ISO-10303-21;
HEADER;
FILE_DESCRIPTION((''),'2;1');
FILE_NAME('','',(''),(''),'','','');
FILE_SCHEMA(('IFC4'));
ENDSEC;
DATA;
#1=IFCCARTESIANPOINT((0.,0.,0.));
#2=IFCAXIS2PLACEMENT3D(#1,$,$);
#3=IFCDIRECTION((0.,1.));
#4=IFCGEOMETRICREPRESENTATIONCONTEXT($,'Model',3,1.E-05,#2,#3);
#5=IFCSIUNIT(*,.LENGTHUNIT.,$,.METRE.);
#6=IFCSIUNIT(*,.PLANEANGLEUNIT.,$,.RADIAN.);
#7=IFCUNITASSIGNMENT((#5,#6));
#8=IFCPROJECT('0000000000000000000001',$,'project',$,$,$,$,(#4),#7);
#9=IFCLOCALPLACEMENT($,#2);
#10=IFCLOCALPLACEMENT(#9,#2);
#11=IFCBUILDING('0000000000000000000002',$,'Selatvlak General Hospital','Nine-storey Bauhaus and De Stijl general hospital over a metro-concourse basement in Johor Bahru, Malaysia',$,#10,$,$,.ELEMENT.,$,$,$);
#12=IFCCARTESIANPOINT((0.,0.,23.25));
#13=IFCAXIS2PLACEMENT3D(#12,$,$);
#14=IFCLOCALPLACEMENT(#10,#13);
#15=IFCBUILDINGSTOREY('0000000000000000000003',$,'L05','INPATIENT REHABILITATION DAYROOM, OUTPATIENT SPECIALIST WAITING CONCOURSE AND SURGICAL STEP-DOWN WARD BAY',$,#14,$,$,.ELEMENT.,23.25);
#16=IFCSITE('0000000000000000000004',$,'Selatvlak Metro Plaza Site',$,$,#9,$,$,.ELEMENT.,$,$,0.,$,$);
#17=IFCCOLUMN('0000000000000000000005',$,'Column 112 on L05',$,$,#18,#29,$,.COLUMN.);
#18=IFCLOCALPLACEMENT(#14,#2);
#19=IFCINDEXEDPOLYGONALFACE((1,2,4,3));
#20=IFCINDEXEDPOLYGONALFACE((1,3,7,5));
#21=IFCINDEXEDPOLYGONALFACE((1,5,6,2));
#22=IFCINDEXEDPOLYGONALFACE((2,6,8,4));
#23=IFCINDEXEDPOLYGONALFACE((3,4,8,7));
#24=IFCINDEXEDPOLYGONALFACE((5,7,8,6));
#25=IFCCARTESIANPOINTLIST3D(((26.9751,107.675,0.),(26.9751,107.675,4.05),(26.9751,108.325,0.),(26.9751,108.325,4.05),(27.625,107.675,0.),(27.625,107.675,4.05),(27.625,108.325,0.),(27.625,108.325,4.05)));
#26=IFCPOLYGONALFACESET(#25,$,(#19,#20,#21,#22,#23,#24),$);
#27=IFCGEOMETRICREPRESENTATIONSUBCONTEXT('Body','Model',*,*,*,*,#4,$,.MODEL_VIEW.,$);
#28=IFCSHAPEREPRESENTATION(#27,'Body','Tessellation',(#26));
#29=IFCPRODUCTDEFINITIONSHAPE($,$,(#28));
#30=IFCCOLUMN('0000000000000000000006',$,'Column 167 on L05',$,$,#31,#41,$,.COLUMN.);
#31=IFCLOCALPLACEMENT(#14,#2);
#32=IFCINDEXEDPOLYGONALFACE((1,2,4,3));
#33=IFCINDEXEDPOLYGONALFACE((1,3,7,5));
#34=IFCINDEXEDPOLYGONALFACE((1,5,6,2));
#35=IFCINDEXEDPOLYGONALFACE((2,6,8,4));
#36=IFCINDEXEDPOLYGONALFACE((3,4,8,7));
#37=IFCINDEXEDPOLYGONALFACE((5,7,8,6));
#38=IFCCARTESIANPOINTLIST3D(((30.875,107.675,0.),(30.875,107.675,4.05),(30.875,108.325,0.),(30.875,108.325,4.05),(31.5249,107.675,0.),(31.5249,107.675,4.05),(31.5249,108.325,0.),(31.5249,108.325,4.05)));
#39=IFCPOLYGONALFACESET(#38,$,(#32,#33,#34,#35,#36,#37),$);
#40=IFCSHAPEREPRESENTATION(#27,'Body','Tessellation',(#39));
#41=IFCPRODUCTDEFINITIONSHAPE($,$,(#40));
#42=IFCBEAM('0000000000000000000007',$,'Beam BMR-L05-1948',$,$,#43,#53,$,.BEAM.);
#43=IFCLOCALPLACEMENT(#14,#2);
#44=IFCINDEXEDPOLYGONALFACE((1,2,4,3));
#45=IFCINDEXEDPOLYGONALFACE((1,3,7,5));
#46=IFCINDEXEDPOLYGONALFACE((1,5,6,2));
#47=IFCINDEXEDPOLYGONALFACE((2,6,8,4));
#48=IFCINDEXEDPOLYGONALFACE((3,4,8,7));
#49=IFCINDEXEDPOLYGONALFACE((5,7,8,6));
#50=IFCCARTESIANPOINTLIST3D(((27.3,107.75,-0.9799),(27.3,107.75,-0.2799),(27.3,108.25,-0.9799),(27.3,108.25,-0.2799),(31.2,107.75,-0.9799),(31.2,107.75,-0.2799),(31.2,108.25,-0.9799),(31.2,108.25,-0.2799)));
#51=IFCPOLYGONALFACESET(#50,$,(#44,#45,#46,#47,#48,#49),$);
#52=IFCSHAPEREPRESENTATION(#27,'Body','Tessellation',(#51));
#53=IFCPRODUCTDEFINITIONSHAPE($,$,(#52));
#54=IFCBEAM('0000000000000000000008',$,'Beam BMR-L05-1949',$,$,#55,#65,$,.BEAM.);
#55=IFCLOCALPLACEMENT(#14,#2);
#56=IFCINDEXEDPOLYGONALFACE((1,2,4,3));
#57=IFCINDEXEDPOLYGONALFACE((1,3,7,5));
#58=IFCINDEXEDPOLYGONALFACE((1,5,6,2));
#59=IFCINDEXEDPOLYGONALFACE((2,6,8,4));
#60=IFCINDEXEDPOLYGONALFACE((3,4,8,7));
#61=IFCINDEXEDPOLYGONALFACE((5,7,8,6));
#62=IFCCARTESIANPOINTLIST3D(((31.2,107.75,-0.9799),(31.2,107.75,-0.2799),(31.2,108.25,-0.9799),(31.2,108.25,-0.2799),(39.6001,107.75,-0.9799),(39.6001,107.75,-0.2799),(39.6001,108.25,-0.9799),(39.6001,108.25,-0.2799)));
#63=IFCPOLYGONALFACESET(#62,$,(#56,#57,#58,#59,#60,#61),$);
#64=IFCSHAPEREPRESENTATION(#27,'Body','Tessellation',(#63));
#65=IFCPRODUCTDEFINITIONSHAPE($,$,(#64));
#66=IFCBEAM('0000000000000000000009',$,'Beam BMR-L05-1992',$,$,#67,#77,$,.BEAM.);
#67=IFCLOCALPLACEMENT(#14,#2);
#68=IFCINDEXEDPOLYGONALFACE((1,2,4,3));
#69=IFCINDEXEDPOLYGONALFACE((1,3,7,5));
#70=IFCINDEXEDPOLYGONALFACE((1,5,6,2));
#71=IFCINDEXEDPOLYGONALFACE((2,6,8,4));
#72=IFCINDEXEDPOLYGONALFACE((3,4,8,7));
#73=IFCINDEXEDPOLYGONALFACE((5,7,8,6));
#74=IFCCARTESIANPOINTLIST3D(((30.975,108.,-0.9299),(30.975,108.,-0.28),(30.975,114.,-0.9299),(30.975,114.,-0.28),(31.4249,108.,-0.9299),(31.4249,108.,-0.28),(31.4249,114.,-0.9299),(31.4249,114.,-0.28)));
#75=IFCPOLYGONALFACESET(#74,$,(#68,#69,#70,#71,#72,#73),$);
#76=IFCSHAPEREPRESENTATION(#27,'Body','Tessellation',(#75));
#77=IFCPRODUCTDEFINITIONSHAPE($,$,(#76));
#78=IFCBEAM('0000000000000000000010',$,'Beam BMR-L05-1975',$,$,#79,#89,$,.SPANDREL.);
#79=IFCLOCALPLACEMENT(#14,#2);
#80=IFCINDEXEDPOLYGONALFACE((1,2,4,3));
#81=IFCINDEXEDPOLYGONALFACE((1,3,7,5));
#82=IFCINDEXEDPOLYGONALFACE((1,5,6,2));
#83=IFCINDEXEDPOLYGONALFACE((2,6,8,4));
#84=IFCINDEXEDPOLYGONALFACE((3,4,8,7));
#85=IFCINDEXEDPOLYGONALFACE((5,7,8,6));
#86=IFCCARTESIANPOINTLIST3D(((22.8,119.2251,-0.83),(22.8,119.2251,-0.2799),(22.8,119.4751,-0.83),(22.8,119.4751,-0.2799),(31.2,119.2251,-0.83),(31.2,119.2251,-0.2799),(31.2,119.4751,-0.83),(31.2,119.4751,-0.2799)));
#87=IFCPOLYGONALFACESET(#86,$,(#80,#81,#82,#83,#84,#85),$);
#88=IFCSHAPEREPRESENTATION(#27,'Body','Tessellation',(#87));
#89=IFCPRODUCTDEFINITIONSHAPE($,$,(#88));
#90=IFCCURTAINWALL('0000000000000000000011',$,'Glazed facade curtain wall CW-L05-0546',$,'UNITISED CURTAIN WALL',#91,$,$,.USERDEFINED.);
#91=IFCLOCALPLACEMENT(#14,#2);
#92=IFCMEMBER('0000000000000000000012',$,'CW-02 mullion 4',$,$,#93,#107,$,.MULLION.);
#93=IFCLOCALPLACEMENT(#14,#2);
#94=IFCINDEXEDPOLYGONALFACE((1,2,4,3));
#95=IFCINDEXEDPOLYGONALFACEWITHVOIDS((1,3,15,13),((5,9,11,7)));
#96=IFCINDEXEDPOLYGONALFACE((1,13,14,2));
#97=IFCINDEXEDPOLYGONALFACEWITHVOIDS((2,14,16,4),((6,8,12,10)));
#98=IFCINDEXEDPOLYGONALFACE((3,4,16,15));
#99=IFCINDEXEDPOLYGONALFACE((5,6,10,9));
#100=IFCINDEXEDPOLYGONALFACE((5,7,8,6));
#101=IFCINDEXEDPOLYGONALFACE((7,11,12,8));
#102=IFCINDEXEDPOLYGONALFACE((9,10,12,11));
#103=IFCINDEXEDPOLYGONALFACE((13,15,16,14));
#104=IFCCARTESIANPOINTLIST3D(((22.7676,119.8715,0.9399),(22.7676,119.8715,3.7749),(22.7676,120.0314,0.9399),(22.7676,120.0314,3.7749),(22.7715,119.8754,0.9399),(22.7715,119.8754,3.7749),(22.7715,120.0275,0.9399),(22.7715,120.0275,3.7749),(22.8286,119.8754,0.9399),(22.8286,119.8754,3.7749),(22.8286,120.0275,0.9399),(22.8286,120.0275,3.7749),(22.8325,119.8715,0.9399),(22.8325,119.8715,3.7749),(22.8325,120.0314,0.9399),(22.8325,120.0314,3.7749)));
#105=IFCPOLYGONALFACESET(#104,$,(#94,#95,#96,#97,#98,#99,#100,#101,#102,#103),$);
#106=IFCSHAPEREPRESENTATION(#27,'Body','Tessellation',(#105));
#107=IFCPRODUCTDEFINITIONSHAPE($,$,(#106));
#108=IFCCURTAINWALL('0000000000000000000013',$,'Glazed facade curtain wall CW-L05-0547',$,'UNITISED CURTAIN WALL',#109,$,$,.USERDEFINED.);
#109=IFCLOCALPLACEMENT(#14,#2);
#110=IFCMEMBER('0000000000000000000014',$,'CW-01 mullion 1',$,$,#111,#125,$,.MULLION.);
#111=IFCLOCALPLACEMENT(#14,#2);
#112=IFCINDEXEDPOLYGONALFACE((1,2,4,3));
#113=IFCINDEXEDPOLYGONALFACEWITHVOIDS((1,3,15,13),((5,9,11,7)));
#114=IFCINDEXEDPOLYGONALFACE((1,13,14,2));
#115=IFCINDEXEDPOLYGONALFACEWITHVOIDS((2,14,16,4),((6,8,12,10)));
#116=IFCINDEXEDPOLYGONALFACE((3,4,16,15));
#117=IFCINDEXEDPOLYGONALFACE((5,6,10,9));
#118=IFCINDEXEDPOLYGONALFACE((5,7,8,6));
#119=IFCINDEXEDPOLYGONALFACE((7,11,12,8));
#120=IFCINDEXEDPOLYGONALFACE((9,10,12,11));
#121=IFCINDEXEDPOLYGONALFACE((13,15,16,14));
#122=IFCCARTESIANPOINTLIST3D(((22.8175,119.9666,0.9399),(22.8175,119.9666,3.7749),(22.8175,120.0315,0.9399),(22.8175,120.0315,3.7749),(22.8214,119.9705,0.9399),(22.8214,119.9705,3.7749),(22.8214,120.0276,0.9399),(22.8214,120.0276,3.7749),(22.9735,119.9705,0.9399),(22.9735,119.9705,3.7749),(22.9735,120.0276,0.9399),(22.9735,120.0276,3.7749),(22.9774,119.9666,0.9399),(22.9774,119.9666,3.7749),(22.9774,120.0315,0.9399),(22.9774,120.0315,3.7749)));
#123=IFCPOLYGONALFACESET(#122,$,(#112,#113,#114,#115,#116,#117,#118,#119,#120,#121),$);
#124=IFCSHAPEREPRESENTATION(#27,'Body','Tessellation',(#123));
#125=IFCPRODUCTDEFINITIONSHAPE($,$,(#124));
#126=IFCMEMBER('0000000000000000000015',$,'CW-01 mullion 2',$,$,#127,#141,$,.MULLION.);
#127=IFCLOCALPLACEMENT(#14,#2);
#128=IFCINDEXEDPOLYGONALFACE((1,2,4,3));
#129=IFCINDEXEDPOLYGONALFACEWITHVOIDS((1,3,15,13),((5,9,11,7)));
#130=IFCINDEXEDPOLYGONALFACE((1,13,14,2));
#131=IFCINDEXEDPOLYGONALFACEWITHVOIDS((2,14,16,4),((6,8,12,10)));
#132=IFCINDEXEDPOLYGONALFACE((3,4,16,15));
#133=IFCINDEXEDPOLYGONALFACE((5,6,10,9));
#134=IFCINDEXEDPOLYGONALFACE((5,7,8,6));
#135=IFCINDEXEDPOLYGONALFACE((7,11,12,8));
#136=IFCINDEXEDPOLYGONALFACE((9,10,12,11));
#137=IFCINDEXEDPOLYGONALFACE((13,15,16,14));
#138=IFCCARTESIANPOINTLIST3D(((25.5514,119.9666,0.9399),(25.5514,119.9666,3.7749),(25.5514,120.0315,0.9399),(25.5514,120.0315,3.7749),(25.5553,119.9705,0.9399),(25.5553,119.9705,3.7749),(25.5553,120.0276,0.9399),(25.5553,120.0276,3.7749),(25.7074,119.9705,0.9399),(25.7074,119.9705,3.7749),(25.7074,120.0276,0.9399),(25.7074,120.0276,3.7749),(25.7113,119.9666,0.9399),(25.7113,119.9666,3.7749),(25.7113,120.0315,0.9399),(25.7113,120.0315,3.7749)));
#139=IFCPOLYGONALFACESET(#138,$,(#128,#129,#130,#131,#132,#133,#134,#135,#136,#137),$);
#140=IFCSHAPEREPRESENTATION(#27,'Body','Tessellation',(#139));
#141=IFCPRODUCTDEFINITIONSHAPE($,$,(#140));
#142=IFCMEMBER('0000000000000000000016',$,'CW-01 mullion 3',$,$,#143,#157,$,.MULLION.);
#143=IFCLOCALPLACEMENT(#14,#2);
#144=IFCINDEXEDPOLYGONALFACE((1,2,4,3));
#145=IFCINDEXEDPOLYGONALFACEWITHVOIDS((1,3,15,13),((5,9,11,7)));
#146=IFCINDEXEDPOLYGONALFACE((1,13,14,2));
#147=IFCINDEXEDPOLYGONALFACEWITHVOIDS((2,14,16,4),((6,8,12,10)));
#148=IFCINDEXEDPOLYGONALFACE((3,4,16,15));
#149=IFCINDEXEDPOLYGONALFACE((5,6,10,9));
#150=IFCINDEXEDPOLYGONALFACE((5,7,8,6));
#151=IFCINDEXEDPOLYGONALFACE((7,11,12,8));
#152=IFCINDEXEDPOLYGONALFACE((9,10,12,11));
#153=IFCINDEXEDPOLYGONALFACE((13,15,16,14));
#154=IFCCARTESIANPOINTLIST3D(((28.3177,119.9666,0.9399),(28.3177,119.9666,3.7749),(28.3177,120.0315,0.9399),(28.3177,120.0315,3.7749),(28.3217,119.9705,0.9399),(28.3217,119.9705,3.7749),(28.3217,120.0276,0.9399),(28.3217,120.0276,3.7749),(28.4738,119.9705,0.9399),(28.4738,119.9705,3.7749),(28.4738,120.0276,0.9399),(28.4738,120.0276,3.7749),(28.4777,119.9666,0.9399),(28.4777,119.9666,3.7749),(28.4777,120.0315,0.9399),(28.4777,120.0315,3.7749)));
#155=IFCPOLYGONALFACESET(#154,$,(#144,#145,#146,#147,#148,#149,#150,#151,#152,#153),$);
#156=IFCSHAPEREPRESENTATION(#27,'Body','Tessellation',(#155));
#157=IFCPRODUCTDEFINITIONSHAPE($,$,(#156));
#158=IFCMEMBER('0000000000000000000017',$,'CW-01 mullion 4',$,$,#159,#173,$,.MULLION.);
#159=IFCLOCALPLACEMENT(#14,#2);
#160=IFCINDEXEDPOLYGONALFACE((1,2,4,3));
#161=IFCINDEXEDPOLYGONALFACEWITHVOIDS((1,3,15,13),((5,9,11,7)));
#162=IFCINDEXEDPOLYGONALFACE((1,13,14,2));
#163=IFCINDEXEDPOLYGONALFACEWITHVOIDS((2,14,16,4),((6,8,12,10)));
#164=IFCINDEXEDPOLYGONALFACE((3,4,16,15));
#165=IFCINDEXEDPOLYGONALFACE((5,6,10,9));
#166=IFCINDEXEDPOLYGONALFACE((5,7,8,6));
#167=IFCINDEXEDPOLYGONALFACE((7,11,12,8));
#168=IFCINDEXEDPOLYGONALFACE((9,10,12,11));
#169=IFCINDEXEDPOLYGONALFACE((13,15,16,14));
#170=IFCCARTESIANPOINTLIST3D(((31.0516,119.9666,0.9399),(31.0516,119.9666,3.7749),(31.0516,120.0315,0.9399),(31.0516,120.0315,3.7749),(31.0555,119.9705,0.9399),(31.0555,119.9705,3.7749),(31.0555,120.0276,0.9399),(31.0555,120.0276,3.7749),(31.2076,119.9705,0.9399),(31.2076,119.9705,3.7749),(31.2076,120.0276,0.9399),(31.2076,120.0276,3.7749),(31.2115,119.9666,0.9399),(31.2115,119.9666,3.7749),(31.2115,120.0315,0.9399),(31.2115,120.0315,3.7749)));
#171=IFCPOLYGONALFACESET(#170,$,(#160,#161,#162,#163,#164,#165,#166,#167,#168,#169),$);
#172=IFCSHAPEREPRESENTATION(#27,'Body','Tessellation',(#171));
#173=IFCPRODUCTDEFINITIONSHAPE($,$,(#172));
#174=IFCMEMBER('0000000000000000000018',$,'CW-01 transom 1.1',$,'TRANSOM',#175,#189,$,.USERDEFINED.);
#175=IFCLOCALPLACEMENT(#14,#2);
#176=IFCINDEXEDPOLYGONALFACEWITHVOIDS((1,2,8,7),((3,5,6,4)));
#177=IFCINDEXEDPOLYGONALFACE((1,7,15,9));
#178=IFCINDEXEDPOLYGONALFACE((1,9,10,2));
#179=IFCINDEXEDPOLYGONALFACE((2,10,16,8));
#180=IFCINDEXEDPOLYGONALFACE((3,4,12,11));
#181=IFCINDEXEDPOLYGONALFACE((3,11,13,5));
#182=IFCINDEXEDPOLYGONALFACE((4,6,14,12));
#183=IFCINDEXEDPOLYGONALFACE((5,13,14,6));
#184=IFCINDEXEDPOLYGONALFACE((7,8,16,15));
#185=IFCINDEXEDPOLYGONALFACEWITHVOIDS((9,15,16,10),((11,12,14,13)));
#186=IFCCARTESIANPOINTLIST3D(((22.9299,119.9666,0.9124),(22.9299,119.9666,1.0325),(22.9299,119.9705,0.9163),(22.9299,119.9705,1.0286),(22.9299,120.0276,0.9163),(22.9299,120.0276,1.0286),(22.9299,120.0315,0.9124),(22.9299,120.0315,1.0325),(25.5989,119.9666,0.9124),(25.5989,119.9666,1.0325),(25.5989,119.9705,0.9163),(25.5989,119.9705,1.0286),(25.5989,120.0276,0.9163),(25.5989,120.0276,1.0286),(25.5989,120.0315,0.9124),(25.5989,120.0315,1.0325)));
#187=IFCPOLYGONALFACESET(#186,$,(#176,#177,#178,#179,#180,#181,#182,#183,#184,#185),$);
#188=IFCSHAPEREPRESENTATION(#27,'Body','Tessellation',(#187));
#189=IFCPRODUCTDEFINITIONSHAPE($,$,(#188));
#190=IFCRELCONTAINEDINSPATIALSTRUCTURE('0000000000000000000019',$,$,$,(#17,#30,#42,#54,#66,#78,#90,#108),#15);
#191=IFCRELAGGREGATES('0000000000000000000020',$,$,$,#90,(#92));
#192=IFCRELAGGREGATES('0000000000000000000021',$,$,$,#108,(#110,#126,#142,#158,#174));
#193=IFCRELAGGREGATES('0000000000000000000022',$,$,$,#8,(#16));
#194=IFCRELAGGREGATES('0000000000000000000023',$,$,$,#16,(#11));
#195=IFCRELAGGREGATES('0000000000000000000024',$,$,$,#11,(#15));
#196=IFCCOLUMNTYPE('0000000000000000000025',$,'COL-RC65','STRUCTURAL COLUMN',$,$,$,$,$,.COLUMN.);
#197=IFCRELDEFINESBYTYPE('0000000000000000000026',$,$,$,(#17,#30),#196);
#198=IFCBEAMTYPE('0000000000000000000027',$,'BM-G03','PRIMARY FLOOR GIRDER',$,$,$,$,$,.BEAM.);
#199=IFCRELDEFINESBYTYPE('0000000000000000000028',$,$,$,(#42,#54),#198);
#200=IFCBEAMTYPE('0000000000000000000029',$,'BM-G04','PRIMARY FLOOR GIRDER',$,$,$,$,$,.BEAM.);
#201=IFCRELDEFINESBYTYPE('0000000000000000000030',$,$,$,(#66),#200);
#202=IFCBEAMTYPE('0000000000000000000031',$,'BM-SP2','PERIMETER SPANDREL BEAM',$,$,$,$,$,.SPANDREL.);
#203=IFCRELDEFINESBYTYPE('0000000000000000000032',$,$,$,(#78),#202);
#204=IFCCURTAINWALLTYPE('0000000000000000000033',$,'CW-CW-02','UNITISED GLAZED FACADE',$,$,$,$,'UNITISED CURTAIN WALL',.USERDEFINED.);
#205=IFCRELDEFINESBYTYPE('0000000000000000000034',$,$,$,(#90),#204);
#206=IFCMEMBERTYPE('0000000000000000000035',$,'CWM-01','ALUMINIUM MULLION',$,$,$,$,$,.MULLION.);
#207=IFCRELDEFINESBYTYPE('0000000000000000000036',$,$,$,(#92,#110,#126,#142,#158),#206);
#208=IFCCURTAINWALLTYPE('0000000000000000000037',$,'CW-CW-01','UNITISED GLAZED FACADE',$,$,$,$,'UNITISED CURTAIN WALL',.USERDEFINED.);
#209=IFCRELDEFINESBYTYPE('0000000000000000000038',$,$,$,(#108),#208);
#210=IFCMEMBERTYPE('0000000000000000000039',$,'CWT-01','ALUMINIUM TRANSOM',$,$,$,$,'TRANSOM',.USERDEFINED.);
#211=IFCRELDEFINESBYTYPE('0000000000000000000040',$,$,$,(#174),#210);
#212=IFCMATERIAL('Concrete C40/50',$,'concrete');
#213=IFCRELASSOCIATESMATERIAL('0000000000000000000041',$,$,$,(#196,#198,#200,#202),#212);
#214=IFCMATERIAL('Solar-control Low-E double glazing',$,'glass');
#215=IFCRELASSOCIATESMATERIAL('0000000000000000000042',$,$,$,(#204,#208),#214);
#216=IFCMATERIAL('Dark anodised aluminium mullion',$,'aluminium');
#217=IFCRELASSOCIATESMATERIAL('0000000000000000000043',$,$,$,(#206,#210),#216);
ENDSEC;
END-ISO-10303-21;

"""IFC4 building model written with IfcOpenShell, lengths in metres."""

from ifc_helpers import new_model, si_unit, direction, frame, origin, origin_2d, place, context, subcontext, project, spatial, rectangle, hollow_rectangle, extrude, material, material_profile, profile_set, type_object, element, aggregate, save


model = new_model("IFC4")

# Units and contexts
model_context = context("Model", 3, precision=1e-05, world=origin(), true_north=direction((0.0, 1.0)))
body_context = subcontext(model_context, "Body", "Model", "MODEL_VIEW")
ifc_project = project(units=[si_unit("LENGTHUNIT", "METRE"), si_unit("PLANEANGLEUNIT", "RADIAN")], contexts=[model_context])

# Site, building, storey
site_placement = place(None, origin())
site = spatial("IfcSite", under=ifc_project, at=site_placement, Name="Selatvlak Metro Plaza Site", CompositionType="ELEMENT", RefElevation=0.0)
building_placement = place(site_placement, origin())
building = spatial("IfcBuilding", under=site, at=building_placement, Name="Selatvlak General Hospital", Description="Nine-storey Bauhaus and De Stijl general hospital over a metro-concourse basement in Johor Bahru, Malaysia", CompositionType="ELEMENT")
storey_placement = place(building_placement, frame((0.0, 0.0, 23.25)))
storey = spatial("IfcBuildingStorey", under=building, at=storey_placement, Name="L05", Description="INPATIENT REHABILITATION DAYROOM, OUTPATIENT SPECIALIST WAITING CONCOURSE AND SURGICAL STEP-DOWN WARD BAY", CompositionType="ELEMENT", Elevation=23.25)

# Columns
ifc_material_1 = material(Name="Concrete C40/50", Category="concrete")
ifc_material_profile_1 = material_profile(ifc_material_1, rectangle(XDim=0.6499, YDim=0.6499, at=origin_2d()), Name="RC-COL 650x650")
ifc_profile_set_1 = profile_set([ifc_material_profile_1], Name="Concrete C40/50")
column_type = type_object("IfcColumnType", Name="COL-RC65", Description="STRUCTURAL COLUMN", PredefinedType="COLUMN", material=ifc_profile_set_1)
for number, where, z_axis, x_axis, name in (
    (1, (27.3, 108.0, 0.0), (0.0, 0.0, 1.0), (1.0, 0.0, 0.0), "Column 112 on L05"),
    (2, (31.2, 108.0, 0.0), (0.0, 0.0, 1.0), (1.0, 0.0, 0.0), "Column 167 on L05"),
):
    element("IfcColumn", number, at=place(storey_placement, frame(where, z_axis=z_axis, x_axis=x_axis)), inside=storey, type_object=column_type, Name=name, PredefinedType="COLUMN", context=body_context, shape_type="SweptSolid", body=[
        extrude(rectangle(XDim=0.6499, YDim=0.6499, at=origin_2d()), origin(), (0.0, 0.0, 1.0), 4.05),
    ])

# Beams
ifc_material_profile_2 = material_profile(ifc_material_1, rectangle(XDim=0.5, YDim=0.7, at=origin_2d()), Name="RC-BM 500x700")
ifc_profile_set_2 = profile_set([ifc_material_profile_2], Name="Concrete C40/50")
beam_type_1 = type_object("IfcBeamType", Name="BM-G03", Description="PRIMARY FLOOR GIRDER", PredefinedType="BEAM", material=ifc_profile_set_2)
beam_1_placement = place(storey_placement, frame((27.3, 108.0, -0.6299), z_axis=(1.0, 0.0, 0.0), x_axis=(0.0, 1.0, 0.0)))
element("IfcBeam", 3, at=beam_1_placement, inside=storey, type_object=beam_type_1, Name="Beam BMR-L05-1948", PredefinedType="BEAM", context=body_context, shape_type="SweptSolid", body=[
    extrude(rectangle(XDim=0.5, YDim=0.7, at=origin_2d()), origin(), (0.0, 0.0, 1.0), 3.8999),
])
beam_2_placement = place(storey_placement, frame((31.2, 108.0, -0.6299), z_axis=(1.0, 0.0, 0.0), x_axis=(0.0, 1.0, 0.0)))
element("IfcBeam", 4, at=beam_2_placement, inside=storey, type_object=beam_type_1, Name="Beam BMR-L05-1949", PredefinedType="BEAM", context=body_context, shape_type="SweptSolid", body=[
    extrude(rectangle(XDim=0.5, YDim=0.7, at=origin_2d()), origin(), (0.0, 0.0, 1.0), 8.4001),
])
ifc_material_profile_3 = material_profile(ifc_material_1, rectangle(XDim=0.45, YDim=0.6499, at=origin_2d()), Name="RC-BM 450x650")
ifc_profile_set_3 = profile_set([ifc_material_profile_3], Name="Concrete C40/50")
beam_type_2 = type_object("IfcBeamType", Name="BM-G04", Description="PRIMARY FLOOR GIRDER", PredefinedType="BEAM", material=ifc_profile_set_3)
beam_3_placement = place(storey_placement, frame((31.2, 108.0, -0.605), z_axis=(0.0, 1.0, 0.0), x_axis=(-1.0, 0.0, 0.0)))
element("IfcBeam", 5, at=beam_3_placement, inside=storey, type_object=beam_type_2, Name="Beam BMR-L05-1992", PredefinedType="BEAM", context=body_context, shape_type="SweptSolid", body=[
    extrude(rectangle(XDim=0.45, YDim=0.6499, at=origin_2d()), origin(), (0.0, 0.0, 1.0), 6.0),
])
ifc_material_profile_4 = material_profile(ifc_material_1, rectangle(XDim=0.25, YDim=0.55, at=origin_2d()), Name="RC-SP 250x550")
ifc_profile_set_4 = profile_set([ifc_material_profile_4], Name="Concrete C40/50")
beam_type_3 = type_object("IfcBeamType", Name="BM-SP2", Description="PERIMETER SPANDREL BEAM", PredefinedType="SPANDREL", material=ifc_profile_set_4)
beam_4_placement = place(storey_placement, frame((22.8, 119.3501, -0.5549), z_axis=(1.0, 0.0, 0.0), x_axis=(0.0, 1.0, 0.0)))
element("IfcBeam", 6, at=beam_4_placement, inside=storey, type_object=beam_type_3, Name="Beam BMR-L05-1975", PredefinedType="SPANDREL", context=body_context, shape_type="SweptSolid", body=[
    extrude(rectangle(XDim=0.25, YDim=0.55, at=origin_2d()), origin(), (0.0, 0.0, 1.0), 8.3999),
])

# Curtain wall, member
ifc_material_2 = material(Name="Solar-control Low-E double glazing", Category="glass")
curtain_wall_type_1 = type_object("IfcCurtainWallType", Name="CW-CW-02", Description="UNITISED GLAZED FACADE", ElementType="UNITISED CURTAIN WALL", PredefinedType="USERDEFINED", material=ifc_material_2)
curtain_wall_1_placement = place(storey_placement, origin())
curtain_wall_1 = element("IfcCurtainWall", 7, at=curtain_wall_1_placement, inside=storey, type_object=curtain_wall_type_1, Name="Glazed facade curtain wall CW-L05-0546", ObjectType="UNITISED CURTAIN WALL", PredefinedType="USERDEFINED")
ifc_material_3 = material(Name="Dark anodised aluminium mullion", Category="aluminium")
ifc_material_profile_5 = material_profile(ifc_material_3, hollow_rectangle(XDim=0.0649, YDim=0.1599, WallThickness=0.0039, at=origin_2d()), Name="AL-MUL 65x160x4")
ifc_profile_set_5 = profile_set([ifc_material_profile_5], Name="Dark anodised aluminium mullion")
member_type_1 = type_object("IfcMemberType", Name="CWM-01", Description="ALUMINIUM MULLION", PredefinedType="MULLION", material=ifc_profile_set_5)
member_1_placement = place(storey_placement, frame((22.8, 119.9514, 0.9399), z_axis=(0.0, 0.0, 1.0), x_axis=(-1.0, 0.0, 0.0)))
member_1 = element("IfcMember", 8, at=member_1_placement, type_object=member_type_1, Name="CW-02 mullion 4", PredefinedType="MULLION", context=body_context, shape_type="SweptSolid", body=[
    extrude(hollow_rectangle(XDim=0.0649, YDim=0.1599, WallThickness=0.0039, at=origin_2d()), origin(), (0.0, 0.0, 1.0), 2.835),
])
aggregate(curtain_wall_1, [member_1])

# Curtain wall, members
curtain_wall_type_2 = type_object("IfcCurtainWallType", Name="CW-CW-01", Description="UNITISED GLAZED FACADE", ElementType="UNITISED CURTAIN WALL", PredefinedType="USERDEFINED", material=ifc_material_2)
curtain_wall_2_placement = place(storey_placement, origin())
curtain_wall_2 = element("IfcCurtainWall", 9, at=curtain_wall_2_placement, inside=storey, type_object=curtain_wall_type_2, Name="Glazed facade curtain wall CW-L05-0547", ObjectType="UNITISED CURTAIN WALL", PredefinedType="USERDEFINED")
member_2_placement = place(storey_placement, frame((22.8975, 119.999, 0.9399), z_axis=(0.0, 0.0, 1.0), x_axis=(0.0, 1.0, 0.0)))
member_2 = element("IfcMember", 10, at=member_2_placement, type_object=member_type_1, Name="CW-01 mullion 1", PredefinedType="MULLION", context=body_context, shape_type="SweptSolid", body=[
    extrude(hollow_rectangle(XDim=0.0649, YDim=0.1599, WallThickness=0.0039, at=origin_2d()), origin(), (0.0, 0.0, 1.0), 2.835),
])
member_3_placement = place(storey_placement, frame((25.6313, 119.999, 0.9399), z_axis=(0.0, 0.0, 1.0), x_axis=(0.0, 1.0, 0.0)))
member_3 = element("IfcMember", 11, at=member_3_placement, type_object=member_type_1, Name="CW-01 mullion 2", PredefinedType="MULLION", context=body_context, shape_type="SweptSolid", body=[
    extrude(hollow_rectangle(XDim=0.0649, YDim=0.1599, WallThickness=0.0039, at=origin_2d()), origin(), (0.0, 0.0, 1.0), 2.835),
])
member_4_placement = place(storey_placement, frame((28.3977, 119.999, 0.9399), z_axis=(0.0, 0.0, 1.0), x_axis=(0.0, 1.0, 0.0)))
member_4 = element("IfcMember", 12, at=member_4_placement, type_object=member_type_1, Name="CW-01 mullion 3", PredefinedType="MULLION", context=body_context, shape_type="SweptSolid", body=[
    extrude(hollow_rectangle(XDim=0.0649, YDim=0.1599, WallThickness=0.0039, at=origin_2d()), origin(), (0.0, 0.0, 1.0), 2.835),
])
member_5_placement = place(storey_placement, frame((31.1316, 119.999, 0.9399), z_axis=(0.0, 0.0, 1.0), x_axis=(0.0, 1.0, 0.0)))
member_5 = element("IfcMember", 13, at=member_5_placement, type_object=member_type_1, Name="CW-01 mullion 4", PredefinedType="MULLION", context=body_context, shape_type="SweptSolid", body=[
    extrude(hollow_rectangle(XDim=0.0649, YDim=0.1599, WallThickness=0.0039, at=origin_2d()), origin(), (0.0, 0.0, 1.0), 2.835),
])
ifc_material_profile_6 = material_profile(ifc_material_3, hollow_rectangle(XDim=0.0649, YDim=0.1201, WallThickness=0.0039, at=origin_2d()), Name="AL-TRN 65x120x4")
ifc_profile_set_6 = profile_set([ifc_material_profile_6], Name="Dark anodised aluminium mullion")
member_type_2 = type_object("IfcMemberType", Name="CWT-01", Description="ALUMINIUM TRANSOM", ElementType="TRANSOM", PredefinedType="USERDEFINED", material=ifc_profile_set_6)
member_6_placement = place(storey_placement, frame((22.9299, 119.999, 0.9724), z_axis=(1.0, 0.0, 0.0), x_axis=(0.0, 1.0, 0.0)))
member_6 = element("IfcMember", 14, at=member_6_placement, type_object=member_type_2, Name="CW-01 transom 1.1", ObjectType="TRANSOM", PredefinedType="USERDEFINED", context=body_context, shape_type="SweptSolid", body=[
    extrude(hollow_rectangle(XDim=0.0649, YDim=0.1201, WallThickness=0.0039, at=origin_2d()), origin(), (0.0, 0.0, 1.0), 2.6689),
])
aggregate(curtain_wall_2, [member_2, member_3, member_4, member_5, member_6])

save(model, "model.ifc")
